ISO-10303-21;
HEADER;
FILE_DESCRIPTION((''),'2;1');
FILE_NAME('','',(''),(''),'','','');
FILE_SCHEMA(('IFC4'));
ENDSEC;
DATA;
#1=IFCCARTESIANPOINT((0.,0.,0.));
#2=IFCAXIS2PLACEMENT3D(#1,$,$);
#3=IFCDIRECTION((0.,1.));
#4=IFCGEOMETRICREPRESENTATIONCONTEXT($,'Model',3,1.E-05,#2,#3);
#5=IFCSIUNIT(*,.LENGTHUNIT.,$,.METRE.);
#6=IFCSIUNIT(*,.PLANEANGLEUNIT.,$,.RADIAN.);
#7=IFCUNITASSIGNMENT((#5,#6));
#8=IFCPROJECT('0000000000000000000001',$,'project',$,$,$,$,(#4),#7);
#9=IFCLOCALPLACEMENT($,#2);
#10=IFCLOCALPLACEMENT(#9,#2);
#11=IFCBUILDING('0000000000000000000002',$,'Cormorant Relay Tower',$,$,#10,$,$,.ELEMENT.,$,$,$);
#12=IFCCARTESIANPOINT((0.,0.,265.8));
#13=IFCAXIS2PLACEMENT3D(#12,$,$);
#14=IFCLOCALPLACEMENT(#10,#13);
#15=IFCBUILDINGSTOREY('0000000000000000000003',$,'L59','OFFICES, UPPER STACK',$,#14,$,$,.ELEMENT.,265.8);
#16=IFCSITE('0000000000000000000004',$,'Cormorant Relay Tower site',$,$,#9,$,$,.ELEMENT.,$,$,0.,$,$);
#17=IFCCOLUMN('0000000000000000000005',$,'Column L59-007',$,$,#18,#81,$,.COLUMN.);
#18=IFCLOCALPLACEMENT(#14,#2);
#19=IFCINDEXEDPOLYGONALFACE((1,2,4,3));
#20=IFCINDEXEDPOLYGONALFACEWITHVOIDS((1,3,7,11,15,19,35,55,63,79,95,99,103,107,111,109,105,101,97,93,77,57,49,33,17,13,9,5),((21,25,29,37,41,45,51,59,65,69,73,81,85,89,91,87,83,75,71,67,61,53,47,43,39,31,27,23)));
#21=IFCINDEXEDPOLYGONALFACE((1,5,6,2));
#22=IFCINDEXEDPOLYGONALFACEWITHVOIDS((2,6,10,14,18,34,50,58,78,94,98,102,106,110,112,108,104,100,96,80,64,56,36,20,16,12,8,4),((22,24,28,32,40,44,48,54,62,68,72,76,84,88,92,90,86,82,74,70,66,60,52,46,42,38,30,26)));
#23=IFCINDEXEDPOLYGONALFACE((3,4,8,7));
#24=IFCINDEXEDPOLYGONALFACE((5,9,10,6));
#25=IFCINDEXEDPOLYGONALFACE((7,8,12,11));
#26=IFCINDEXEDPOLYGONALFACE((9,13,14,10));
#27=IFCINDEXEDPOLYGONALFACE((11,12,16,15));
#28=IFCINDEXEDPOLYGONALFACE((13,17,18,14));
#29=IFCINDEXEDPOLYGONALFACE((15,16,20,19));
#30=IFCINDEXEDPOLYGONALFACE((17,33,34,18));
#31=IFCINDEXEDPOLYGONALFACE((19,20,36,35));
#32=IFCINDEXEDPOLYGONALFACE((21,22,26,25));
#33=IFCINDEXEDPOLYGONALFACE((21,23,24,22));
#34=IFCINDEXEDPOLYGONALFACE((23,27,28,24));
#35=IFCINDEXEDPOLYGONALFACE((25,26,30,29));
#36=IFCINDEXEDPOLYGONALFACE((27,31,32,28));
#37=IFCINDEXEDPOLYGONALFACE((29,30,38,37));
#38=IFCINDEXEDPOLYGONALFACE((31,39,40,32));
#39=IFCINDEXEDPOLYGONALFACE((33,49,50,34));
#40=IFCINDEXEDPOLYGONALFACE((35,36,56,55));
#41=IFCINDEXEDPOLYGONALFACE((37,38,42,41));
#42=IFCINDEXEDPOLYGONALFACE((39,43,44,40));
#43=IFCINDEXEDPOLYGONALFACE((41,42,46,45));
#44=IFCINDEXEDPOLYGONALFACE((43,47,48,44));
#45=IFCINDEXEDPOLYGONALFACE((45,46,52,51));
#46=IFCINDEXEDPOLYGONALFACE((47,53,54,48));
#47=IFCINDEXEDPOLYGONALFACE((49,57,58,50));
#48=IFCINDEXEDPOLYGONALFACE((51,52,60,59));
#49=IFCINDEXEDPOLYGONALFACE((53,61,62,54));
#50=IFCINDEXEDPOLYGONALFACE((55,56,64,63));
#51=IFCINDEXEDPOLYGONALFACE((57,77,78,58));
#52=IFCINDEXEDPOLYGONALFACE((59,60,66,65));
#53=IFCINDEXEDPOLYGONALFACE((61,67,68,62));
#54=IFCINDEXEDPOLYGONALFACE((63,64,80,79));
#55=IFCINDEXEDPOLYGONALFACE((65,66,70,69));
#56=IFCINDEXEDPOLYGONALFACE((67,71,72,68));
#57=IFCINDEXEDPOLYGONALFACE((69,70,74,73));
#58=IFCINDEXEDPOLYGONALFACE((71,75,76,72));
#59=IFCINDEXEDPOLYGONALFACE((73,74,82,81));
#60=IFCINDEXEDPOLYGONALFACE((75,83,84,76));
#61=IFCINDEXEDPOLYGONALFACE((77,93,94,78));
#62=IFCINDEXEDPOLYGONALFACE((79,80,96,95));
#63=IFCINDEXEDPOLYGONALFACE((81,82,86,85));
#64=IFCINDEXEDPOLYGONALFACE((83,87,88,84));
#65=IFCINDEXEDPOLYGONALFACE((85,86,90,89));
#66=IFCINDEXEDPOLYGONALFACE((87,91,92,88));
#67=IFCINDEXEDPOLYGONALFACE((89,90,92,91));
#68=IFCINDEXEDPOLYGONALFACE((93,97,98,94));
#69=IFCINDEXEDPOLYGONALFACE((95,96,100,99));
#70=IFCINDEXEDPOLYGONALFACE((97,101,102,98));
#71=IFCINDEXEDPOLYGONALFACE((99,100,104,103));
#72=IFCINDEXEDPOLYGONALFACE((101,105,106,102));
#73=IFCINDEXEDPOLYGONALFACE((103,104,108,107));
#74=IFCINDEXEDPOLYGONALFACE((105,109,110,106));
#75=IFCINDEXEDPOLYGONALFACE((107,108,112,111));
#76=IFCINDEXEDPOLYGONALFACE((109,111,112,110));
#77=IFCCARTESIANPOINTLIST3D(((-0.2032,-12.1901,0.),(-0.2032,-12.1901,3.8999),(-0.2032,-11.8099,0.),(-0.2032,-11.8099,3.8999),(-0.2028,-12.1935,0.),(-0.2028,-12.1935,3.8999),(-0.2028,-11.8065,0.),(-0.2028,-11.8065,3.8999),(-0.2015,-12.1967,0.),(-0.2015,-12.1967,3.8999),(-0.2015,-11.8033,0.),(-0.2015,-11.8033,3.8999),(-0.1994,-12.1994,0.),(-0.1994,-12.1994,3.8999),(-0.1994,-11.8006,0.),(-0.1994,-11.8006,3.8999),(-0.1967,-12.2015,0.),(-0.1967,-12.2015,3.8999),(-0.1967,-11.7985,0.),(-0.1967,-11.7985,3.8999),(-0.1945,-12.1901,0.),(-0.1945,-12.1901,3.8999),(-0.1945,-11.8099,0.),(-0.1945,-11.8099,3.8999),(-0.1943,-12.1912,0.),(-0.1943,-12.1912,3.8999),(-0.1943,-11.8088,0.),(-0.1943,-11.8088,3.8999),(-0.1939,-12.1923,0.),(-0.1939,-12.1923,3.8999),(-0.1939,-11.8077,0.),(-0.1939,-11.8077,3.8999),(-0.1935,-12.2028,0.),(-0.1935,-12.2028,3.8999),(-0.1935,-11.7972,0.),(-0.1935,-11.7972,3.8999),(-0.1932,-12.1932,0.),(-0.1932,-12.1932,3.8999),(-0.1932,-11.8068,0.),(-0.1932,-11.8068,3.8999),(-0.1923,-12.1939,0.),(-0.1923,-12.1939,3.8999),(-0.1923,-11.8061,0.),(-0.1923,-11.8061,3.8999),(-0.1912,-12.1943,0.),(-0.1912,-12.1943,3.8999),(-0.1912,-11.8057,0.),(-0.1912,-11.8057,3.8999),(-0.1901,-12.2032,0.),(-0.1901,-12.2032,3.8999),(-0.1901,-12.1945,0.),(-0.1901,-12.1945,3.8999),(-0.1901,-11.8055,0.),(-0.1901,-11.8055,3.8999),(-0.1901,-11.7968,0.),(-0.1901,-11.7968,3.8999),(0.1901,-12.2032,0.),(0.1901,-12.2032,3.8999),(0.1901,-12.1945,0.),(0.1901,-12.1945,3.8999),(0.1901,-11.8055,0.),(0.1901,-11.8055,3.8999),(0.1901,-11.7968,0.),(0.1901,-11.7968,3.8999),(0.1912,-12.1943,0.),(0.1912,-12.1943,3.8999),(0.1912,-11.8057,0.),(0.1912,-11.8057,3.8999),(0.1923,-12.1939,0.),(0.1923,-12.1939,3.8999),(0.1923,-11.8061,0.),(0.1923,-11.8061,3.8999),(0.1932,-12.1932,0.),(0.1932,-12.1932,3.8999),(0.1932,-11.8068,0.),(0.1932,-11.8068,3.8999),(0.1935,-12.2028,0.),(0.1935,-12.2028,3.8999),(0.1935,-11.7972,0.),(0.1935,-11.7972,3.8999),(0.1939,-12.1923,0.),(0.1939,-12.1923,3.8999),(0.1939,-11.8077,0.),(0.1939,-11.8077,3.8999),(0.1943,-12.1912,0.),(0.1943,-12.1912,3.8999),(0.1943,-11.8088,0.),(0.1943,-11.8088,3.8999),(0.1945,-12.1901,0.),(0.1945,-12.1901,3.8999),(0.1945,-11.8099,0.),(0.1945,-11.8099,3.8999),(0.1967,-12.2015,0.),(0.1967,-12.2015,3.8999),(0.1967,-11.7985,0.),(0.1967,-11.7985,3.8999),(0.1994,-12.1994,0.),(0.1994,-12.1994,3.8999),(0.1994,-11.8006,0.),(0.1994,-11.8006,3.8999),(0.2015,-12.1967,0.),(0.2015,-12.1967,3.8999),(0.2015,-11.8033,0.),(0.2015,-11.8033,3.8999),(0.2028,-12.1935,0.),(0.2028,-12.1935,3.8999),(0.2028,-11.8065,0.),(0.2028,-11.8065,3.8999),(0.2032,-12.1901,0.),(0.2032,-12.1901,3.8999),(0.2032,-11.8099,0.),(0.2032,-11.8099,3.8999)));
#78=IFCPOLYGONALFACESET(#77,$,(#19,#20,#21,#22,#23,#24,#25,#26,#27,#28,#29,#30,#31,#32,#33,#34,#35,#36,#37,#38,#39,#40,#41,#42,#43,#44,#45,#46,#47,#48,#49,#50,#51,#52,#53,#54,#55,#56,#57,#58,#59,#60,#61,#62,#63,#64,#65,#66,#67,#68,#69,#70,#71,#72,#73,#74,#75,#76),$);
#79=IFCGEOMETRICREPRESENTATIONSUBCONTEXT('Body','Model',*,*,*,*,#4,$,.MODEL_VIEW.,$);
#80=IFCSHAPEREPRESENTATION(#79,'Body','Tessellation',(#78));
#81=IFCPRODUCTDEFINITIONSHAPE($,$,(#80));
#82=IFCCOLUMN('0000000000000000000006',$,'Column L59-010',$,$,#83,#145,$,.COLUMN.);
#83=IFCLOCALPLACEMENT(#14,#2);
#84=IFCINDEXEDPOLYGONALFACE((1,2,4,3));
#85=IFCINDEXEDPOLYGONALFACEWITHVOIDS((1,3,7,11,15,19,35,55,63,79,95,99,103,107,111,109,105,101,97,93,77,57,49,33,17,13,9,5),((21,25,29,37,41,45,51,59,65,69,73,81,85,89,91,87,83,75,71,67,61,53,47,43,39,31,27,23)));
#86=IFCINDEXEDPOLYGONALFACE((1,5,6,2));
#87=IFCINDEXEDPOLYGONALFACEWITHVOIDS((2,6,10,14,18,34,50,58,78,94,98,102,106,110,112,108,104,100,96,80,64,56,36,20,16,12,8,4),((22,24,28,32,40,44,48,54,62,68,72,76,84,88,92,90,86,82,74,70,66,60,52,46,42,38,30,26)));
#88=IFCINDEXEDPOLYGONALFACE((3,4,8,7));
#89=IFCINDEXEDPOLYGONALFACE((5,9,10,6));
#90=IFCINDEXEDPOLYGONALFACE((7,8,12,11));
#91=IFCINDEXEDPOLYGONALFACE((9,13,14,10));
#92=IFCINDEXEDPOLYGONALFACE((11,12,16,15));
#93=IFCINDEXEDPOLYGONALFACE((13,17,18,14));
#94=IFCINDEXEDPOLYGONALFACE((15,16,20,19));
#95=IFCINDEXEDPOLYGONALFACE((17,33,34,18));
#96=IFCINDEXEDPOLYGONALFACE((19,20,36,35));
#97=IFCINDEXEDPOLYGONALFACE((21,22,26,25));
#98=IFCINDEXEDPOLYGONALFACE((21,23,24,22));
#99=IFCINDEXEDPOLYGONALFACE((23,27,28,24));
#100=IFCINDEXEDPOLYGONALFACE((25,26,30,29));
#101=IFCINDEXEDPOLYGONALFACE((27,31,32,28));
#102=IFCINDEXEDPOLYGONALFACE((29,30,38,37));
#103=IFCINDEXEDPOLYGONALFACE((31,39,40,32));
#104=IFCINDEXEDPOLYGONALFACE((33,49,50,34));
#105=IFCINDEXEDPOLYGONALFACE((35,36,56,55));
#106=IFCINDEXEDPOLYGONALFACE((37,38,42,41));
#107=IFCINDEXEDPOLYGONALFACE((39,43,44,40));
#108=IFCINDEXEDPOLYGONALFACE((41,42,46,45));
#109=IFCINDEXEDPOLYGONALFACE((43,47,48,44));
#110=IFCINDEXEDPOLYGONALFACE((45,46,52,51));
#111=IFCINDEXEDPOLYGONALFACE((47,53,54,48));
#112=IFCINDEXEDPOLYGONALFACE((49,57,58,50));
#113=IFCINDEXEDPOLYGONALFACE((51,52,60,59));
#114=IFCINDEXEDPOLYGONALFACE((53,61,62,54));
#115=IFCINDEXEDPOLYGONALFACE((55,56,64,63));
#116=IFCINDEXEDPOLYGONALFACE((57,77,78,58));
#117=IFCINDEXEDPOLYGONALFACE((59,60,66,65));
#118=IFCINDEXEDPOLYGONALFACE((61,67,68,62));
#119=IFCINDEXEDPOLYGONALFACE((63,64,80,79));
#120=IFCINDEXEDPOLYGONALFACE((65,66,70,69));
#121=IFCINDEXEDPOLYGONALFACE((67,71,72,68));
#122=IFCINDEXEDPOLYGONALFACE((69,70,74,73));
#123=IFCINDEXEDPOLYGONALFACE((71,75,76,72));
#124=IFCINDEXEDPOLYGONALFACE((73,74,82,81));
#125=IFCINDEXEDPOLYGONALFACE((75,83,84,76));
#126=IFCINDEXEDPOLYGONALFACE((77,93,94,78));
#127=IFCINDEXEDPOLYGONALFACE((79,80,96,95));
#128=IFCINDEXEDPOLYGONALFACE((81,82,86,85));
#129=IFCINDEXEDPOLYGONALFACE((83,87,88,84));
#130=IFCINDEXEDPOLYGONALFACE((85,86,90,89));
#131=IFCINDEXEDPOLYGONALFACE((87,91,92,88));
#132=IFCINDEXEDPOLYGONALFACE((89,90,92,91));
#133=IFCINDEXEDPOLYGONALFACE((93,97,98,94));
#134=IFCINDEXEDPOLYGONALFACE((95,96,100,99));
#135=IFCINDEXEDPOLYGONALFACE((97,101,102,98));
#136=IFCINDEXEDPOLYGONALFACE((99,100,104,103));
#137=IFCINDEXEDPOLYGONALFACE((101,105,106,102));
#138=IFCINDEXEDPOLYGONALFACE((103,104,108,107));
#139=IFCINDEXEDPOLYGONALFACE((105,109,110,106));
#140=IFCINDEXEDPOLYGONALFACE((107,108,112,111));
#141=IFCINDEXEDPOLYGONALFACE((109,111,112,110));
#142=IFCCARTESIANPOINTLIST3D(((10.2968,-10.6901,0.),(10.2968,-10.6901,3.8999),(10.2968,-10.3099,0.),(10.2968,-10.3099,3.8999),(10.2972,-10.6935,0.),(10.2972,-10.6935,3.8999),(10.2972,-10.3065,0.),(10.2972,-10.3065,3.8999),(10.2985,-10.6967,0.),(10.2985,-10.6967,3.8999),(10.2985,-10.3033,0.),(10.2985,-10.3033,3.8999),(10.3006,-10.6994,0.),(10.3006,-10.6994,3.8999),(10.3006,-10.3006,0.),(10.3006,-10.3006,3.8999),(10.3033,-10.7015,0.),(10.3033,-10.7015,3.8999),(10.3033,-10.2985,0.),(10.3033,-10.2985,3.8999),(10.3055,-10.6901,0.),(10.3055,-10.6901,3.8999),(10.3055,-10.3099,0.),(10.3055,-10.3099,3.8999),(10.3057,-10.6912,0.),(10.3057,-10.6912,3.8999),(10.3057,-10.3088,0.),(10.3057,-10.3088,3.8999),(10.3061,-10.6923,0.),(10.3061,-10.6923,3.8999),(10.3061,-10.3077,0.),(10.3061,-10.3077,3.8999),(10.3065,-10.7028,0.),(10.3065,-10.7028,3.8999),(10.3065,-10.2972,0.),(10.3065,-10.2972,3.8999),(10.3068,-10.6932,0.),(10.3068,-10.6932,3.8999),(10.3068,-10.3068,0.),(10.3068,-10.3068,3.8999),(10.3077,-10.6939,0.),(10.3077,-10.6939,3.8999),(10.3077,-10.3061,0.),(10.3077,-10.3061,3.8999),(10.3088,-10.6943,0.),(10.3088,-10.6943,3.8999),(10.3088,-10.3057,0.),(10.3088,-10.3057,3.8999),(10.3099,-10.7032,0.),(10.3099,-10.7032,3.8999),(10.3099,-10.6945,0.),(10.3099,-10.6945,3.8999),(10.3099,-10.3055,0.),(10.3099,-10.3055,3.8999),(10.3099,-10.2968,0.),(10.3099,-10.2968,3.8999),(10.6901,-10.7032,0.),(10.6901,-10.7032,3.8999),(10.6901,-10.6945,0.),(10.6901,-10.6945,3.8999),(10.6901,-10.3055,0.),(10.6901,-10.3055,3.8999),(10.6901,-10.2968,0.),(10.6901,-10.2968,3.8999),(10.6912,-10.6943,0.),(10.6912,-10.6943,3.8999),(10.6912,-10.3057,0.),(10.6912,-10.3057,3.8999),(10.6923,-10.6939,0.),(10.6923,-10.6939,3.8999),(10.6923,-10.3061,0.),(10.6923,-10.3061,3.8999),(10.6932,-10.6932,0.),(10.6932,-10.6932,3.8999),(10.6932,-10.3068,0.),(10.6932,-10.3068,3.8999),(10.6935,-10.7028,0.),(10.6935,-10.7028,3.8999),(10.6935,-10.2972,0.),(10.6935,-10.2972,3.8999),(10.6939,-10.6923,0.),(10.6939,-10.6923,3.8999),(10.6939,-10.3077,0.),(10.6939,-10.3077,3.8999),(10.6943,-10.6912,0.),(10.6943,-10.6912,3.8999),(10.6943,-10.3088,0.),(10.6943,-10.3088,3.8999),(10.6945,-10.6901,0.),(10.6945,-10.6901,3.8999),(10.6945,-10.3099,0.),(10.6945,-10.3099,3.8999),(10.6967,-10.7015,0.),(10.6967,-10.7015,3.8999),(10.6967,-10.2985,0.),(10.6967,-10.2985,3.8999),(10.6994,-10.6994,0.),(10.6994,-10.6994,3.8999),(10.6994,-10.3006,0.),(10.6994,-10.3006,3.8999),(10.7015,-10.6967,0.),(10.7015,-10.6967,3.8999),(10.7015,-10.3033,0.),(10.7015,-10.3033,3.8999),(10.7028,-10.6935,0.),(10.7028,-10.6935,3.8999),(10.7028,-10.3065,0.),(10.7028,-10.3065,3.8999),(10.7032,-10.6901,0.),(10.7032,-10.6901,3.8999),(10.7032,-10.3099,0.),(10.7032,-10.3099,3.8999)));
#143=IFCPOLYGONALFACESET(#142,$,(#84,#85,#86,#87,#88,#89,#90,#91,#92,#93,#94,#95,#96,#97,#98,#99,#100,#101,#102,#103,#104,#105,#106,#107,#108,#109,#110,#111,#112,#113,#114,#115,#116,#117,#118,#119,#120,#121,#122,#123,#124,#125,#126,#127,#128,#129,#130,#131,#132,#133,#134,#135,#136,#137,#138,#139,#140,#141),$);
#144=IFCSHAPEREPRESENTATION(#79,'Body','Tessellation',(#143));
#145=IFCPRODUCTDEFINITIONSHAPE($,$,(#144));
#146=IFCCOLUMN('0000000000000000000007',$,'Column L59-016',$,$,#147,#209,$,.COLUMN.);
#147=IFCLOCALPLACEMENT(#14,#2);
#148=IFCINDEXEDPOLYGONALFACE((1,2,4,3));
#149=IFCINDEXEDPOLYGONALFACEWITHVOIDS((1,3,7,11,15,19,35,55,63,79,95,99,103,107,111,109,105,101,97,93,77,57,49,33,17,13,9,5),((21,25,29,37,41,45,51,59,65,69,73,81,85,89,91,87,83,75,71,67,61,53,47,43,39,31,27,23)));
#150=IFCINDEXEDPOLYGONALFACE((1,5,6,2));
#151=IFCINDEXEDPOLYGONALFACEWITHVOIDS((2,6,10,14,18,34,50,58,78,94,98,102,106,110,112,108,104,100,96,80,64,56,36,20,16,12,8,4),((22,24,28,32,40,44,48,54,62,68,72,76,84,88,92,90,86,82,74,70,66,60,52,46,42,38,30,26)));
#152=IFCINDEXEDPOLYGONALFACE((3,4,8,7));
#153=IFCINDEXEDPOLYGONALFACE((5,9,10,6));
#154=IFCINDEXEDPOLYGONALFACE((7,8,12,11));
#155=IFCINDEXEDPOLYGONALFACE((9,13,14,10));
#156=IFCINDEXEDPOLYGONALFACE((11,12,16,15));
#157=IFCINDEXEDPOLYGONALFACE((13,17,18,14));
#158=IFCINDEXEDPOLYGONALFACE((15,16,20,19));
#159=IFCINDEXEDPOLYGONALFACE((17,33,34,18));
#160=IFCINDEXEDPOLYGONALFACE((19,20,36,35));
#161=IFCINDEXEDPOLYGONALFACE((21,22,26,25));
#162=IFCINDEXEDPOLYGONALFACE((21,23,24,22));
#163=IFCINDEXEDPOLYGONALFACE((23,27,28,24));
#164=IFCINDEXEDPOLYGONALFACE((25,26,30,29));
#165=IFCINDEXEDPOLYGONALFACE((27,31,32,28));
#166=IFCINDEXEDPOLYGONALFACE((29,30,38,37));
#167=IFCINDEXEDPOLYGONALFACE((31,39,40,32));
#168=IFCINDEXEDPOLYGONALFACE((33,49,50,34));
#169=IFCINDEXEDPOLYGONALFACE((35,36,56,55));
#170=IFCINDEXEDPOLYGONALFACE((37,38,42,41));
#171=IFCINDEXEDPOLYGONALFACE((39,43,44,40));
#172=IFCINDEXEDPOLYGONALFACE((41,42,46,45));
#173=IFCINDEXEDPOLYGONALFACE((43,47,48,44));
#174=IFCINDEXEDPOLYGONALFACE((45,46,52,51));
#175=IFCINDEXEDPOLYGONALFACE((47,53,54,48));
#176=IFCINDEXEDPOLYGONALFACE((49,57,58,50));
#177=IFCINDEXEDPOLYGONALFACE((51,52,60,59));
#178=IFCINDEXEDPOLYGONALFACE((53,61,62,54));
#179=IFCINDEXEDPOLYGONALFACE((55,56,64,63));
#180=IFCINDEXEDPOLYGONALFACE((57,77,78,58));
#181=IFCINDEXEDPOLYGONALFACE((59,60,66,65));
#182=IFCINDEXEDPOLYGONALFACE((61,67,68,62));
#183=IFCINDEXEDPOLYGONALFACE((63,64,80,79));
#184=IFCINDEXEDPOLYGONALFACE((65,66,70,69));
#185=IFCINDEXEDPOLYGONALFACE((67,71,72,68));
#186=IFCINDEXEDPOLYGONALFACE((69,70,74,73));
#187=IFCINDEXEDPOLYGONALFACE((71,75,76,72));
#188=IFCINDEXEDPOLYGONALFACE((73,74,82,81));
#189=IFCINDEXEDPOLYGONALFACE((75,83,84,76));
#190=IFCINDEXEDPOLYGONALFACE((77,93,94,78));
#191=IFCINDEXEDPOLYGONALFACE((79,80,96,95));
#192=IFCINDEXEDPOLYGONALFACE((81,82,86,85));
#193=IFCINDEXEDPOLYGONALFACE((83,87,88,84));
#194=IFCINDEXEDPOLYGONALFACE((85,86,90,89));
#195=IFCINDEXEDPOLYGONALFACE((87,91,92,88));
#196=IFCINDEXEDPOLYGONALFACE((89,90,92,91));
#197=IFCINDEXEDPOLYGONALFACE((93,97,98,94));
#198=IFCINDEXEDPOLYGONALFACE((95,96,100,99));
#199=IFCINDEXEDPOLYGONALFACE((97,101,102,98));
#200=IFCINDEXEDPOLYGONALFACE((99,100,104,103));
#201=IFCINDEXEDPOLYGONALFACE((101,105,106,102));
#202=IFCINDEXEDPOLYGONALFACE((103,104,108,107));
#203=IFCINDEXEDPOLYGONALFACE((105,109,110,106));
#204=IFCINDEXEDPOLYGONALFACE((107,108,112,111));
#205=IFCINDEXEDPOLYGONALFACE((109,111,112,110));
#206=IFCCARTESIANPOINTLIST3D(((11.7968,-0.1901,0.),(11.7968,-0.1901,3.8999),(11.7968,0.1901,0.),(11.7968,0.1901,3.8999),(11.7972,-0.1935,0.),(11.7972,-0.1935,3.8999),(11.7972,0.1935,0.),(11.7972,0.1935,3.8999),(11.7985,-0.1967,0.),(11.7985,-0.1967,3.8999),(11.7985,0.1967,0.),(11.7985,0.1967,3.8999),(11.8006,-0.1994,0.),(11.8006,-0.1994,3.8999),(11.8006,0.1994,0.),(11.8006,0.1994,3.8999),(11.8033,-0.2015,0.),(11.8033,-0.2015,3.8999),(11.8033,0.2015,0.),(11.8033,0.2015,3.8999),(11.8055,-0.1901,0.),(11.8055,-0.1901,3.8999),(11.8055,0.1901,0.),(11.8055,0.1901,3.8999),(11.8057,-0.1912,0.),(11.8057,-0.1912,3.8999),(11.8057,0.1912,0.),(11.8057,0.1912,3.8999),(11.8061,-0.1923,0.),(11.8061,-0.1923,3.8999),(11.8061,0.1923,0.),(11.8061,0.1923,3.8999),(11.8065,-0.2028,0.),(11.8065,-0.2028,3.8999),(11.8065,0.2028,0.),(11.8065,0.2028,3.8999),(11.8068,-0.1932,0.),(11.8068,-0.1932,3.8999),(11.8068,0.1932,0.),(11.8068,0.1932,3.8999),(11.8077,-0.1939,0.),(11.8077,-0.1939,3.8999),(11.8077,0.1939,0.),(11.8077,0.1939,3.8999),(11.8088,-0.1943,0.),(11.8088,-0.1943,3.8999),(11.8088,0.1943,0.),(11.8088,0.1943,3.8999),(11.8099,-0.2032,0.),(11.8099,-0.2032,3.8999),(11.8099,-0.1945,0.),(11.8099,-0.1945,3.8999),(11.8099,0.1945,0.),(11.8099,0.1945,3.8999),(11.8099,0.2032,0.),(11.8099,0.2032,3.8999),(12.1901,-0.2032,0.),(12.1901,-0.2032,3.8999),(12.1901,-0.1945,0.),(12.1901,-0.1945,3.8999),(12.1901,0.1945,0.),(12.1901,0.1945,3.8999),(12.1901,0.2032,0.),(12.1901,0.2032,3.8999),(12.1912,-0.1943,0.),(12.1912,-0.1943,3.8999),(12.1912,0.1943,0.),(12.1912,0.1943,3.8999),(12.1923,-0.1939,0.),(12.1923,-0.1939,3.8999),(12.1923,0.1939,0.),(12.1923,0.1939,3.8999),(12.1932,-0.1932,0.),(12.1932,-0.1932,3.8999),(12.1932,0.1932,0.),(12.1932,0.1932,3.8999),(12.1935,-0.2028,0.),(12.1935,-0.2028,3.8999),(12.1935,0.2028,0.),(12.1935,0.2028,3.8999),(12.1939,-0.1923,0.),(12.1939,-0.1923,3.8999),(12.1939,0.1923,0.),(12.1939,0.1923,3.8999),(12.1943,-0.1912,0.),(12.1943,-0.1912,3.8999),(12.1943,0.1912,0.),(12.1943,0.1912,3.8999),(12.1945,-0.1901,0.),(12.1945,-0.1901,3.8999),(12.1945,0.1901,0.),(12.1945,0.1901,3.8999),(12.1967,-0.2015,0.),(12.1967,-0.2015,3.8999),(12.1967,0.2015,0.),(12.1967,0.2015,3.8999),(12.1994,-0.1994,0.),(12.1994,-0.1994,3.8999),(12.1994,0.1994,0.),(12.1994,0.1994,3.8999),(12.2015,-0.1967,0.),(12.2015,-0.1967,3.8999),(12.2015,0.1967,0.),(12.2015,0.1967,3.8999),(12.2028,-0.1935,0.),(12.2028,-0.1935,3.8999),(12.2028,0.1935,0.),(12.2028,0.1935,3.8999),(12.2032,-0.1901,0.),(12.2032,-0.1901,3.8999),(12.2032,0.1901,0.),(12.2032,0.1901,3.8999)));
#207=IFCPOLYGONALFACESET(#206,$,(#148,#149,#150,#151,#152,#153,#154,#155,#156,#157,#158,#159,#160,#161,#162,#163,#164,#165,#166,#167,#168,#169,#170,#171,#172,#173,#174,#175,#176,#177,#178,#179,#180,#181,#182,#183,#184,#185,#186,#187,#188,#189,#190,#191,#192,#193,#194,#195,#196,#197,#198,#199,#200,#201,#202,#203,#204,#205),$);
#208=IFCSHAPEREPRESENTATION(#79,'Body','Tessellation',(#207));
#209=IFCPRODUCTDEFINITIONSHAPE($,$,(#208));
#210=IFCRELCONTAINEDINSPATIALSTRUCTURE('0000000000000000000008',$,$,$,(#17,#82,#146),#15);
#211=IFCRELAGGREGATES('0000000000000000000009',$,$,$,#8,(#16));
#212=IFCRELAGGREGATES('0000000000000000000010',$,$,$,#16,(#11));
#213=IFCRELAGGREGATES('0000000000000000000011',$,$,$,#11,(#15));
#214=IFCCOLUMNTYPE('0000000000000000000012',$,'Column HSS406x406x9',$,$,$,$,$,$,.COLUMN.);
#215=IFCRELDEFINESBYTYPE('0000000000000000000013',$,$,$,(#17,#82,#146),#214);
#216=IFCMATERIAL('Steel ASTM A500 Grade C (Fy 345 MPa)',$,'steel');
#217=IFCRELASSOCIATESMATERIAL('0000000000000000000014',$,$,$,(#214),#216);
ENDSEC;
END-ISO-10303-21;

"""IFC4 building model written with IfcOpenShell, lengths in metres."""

from ifc_helpers import new_model, si_unit, direction, frame, origin, origin_2d, place, context, subcontext, project, spatial, hollow_rectangle, extrude, material, material_profile, profile_set, type_object, element, save


model = new_model("IFC4")

# Units and contexts
model_context = context("Model", 3, precision=1e-05, world=origin(), true_north=direction((0.0, 1.0)))
body_context = subcontext(model_context, "Body", "Model", "MODEL_VIEW")
ifc_project = project(units=[si_unit("LENGTHUNIT", "METRE"), si_unit("PLANEANGLEUNIT", "RADIAN")], contexts=[model_context])

# Site, building, storey
site_placement = place(None, origin())
site = spatial("IfcSite", under=ifc_project, at=site_placement, Name="Cormorant Relay Tower site", CompositionType="ELEMENT", RefElevation=0.0)
building_placement = place(site_placement, origin())
building = spatial("IfcBuilding", under=site, at=building_placement, Name="Cormorant Relay Tower", CompositionType="ELEMENT")
storey_placement = place(building_placement, frame((0.0, 0.0, 265.8)))
storey = spatial("IfcBuildingStorey", under=building, at=storey_placement, Name="L59", Description="OFFICES, UPPER STACK", CompositionType="ELEMENT", Elevation=265.8)

# Columns
ifc_material_1 = material(Name="Steel ASTM A500 Grade C (Fy 345 MPa)", Category="steel")
ifc_material_profile_1 = material_profile(ifc_material_1, hollow_rectangle(XDim=0.4065, YDim=0.4065, WallThickness=0.0088, InnerFilletRadius=0.0044, OuterFilletRadius=0.0132, at=origin_2d()), Name="HSS406x406x9")
ifc_profile_set_1 = profile_set([ifc_material_profile_1], Name="Steel ASTM A500 Grade C (Fy 345 MPa)")
column_type = type_object("IfcColumnType", Name="Column HSS406x406x9", PredefinedType="COLUMN", material=ifc_profile_set_1)
for number, where, z_axis, x_axis, name in (
    (1, (0.0, -12.0, 0.0), (0.0, 0.0, 1.0), (1.0, 0.0, 0.0), "Column L59-007"),
    (2, (10.5, -10.5, 0.0), (0.0, 0.0, 1.0), (1.0, 0.0, 0.0), "Column L59-010"),
    (3, (12.0, 0.0, 0.0), (0.0, 0.0, 1.0), (1.0, 0.0, 0.0), "Column L59-016"),
):
    element("IfcColumn", number, at=place(storey_placement, frame(where, z_axis=z_axis, x_axis=x_axis)), inside=storey, type_object=column_type, Name=name, PredefinedType="COLUMN", context=body_context, shape_type="SweptSolid", body=[
        extrude(hollow_rectangle(XDim=0.4065, YDim=0.4065, WallThickness=0.0088, InnerFilletRadius=0.0044, OuterFilletRadius=0.0132, at=origin_2d()), origin(), (0.0, 0.0, 1.0), 3.8999),
    ])

save(model, "model.ifc")
